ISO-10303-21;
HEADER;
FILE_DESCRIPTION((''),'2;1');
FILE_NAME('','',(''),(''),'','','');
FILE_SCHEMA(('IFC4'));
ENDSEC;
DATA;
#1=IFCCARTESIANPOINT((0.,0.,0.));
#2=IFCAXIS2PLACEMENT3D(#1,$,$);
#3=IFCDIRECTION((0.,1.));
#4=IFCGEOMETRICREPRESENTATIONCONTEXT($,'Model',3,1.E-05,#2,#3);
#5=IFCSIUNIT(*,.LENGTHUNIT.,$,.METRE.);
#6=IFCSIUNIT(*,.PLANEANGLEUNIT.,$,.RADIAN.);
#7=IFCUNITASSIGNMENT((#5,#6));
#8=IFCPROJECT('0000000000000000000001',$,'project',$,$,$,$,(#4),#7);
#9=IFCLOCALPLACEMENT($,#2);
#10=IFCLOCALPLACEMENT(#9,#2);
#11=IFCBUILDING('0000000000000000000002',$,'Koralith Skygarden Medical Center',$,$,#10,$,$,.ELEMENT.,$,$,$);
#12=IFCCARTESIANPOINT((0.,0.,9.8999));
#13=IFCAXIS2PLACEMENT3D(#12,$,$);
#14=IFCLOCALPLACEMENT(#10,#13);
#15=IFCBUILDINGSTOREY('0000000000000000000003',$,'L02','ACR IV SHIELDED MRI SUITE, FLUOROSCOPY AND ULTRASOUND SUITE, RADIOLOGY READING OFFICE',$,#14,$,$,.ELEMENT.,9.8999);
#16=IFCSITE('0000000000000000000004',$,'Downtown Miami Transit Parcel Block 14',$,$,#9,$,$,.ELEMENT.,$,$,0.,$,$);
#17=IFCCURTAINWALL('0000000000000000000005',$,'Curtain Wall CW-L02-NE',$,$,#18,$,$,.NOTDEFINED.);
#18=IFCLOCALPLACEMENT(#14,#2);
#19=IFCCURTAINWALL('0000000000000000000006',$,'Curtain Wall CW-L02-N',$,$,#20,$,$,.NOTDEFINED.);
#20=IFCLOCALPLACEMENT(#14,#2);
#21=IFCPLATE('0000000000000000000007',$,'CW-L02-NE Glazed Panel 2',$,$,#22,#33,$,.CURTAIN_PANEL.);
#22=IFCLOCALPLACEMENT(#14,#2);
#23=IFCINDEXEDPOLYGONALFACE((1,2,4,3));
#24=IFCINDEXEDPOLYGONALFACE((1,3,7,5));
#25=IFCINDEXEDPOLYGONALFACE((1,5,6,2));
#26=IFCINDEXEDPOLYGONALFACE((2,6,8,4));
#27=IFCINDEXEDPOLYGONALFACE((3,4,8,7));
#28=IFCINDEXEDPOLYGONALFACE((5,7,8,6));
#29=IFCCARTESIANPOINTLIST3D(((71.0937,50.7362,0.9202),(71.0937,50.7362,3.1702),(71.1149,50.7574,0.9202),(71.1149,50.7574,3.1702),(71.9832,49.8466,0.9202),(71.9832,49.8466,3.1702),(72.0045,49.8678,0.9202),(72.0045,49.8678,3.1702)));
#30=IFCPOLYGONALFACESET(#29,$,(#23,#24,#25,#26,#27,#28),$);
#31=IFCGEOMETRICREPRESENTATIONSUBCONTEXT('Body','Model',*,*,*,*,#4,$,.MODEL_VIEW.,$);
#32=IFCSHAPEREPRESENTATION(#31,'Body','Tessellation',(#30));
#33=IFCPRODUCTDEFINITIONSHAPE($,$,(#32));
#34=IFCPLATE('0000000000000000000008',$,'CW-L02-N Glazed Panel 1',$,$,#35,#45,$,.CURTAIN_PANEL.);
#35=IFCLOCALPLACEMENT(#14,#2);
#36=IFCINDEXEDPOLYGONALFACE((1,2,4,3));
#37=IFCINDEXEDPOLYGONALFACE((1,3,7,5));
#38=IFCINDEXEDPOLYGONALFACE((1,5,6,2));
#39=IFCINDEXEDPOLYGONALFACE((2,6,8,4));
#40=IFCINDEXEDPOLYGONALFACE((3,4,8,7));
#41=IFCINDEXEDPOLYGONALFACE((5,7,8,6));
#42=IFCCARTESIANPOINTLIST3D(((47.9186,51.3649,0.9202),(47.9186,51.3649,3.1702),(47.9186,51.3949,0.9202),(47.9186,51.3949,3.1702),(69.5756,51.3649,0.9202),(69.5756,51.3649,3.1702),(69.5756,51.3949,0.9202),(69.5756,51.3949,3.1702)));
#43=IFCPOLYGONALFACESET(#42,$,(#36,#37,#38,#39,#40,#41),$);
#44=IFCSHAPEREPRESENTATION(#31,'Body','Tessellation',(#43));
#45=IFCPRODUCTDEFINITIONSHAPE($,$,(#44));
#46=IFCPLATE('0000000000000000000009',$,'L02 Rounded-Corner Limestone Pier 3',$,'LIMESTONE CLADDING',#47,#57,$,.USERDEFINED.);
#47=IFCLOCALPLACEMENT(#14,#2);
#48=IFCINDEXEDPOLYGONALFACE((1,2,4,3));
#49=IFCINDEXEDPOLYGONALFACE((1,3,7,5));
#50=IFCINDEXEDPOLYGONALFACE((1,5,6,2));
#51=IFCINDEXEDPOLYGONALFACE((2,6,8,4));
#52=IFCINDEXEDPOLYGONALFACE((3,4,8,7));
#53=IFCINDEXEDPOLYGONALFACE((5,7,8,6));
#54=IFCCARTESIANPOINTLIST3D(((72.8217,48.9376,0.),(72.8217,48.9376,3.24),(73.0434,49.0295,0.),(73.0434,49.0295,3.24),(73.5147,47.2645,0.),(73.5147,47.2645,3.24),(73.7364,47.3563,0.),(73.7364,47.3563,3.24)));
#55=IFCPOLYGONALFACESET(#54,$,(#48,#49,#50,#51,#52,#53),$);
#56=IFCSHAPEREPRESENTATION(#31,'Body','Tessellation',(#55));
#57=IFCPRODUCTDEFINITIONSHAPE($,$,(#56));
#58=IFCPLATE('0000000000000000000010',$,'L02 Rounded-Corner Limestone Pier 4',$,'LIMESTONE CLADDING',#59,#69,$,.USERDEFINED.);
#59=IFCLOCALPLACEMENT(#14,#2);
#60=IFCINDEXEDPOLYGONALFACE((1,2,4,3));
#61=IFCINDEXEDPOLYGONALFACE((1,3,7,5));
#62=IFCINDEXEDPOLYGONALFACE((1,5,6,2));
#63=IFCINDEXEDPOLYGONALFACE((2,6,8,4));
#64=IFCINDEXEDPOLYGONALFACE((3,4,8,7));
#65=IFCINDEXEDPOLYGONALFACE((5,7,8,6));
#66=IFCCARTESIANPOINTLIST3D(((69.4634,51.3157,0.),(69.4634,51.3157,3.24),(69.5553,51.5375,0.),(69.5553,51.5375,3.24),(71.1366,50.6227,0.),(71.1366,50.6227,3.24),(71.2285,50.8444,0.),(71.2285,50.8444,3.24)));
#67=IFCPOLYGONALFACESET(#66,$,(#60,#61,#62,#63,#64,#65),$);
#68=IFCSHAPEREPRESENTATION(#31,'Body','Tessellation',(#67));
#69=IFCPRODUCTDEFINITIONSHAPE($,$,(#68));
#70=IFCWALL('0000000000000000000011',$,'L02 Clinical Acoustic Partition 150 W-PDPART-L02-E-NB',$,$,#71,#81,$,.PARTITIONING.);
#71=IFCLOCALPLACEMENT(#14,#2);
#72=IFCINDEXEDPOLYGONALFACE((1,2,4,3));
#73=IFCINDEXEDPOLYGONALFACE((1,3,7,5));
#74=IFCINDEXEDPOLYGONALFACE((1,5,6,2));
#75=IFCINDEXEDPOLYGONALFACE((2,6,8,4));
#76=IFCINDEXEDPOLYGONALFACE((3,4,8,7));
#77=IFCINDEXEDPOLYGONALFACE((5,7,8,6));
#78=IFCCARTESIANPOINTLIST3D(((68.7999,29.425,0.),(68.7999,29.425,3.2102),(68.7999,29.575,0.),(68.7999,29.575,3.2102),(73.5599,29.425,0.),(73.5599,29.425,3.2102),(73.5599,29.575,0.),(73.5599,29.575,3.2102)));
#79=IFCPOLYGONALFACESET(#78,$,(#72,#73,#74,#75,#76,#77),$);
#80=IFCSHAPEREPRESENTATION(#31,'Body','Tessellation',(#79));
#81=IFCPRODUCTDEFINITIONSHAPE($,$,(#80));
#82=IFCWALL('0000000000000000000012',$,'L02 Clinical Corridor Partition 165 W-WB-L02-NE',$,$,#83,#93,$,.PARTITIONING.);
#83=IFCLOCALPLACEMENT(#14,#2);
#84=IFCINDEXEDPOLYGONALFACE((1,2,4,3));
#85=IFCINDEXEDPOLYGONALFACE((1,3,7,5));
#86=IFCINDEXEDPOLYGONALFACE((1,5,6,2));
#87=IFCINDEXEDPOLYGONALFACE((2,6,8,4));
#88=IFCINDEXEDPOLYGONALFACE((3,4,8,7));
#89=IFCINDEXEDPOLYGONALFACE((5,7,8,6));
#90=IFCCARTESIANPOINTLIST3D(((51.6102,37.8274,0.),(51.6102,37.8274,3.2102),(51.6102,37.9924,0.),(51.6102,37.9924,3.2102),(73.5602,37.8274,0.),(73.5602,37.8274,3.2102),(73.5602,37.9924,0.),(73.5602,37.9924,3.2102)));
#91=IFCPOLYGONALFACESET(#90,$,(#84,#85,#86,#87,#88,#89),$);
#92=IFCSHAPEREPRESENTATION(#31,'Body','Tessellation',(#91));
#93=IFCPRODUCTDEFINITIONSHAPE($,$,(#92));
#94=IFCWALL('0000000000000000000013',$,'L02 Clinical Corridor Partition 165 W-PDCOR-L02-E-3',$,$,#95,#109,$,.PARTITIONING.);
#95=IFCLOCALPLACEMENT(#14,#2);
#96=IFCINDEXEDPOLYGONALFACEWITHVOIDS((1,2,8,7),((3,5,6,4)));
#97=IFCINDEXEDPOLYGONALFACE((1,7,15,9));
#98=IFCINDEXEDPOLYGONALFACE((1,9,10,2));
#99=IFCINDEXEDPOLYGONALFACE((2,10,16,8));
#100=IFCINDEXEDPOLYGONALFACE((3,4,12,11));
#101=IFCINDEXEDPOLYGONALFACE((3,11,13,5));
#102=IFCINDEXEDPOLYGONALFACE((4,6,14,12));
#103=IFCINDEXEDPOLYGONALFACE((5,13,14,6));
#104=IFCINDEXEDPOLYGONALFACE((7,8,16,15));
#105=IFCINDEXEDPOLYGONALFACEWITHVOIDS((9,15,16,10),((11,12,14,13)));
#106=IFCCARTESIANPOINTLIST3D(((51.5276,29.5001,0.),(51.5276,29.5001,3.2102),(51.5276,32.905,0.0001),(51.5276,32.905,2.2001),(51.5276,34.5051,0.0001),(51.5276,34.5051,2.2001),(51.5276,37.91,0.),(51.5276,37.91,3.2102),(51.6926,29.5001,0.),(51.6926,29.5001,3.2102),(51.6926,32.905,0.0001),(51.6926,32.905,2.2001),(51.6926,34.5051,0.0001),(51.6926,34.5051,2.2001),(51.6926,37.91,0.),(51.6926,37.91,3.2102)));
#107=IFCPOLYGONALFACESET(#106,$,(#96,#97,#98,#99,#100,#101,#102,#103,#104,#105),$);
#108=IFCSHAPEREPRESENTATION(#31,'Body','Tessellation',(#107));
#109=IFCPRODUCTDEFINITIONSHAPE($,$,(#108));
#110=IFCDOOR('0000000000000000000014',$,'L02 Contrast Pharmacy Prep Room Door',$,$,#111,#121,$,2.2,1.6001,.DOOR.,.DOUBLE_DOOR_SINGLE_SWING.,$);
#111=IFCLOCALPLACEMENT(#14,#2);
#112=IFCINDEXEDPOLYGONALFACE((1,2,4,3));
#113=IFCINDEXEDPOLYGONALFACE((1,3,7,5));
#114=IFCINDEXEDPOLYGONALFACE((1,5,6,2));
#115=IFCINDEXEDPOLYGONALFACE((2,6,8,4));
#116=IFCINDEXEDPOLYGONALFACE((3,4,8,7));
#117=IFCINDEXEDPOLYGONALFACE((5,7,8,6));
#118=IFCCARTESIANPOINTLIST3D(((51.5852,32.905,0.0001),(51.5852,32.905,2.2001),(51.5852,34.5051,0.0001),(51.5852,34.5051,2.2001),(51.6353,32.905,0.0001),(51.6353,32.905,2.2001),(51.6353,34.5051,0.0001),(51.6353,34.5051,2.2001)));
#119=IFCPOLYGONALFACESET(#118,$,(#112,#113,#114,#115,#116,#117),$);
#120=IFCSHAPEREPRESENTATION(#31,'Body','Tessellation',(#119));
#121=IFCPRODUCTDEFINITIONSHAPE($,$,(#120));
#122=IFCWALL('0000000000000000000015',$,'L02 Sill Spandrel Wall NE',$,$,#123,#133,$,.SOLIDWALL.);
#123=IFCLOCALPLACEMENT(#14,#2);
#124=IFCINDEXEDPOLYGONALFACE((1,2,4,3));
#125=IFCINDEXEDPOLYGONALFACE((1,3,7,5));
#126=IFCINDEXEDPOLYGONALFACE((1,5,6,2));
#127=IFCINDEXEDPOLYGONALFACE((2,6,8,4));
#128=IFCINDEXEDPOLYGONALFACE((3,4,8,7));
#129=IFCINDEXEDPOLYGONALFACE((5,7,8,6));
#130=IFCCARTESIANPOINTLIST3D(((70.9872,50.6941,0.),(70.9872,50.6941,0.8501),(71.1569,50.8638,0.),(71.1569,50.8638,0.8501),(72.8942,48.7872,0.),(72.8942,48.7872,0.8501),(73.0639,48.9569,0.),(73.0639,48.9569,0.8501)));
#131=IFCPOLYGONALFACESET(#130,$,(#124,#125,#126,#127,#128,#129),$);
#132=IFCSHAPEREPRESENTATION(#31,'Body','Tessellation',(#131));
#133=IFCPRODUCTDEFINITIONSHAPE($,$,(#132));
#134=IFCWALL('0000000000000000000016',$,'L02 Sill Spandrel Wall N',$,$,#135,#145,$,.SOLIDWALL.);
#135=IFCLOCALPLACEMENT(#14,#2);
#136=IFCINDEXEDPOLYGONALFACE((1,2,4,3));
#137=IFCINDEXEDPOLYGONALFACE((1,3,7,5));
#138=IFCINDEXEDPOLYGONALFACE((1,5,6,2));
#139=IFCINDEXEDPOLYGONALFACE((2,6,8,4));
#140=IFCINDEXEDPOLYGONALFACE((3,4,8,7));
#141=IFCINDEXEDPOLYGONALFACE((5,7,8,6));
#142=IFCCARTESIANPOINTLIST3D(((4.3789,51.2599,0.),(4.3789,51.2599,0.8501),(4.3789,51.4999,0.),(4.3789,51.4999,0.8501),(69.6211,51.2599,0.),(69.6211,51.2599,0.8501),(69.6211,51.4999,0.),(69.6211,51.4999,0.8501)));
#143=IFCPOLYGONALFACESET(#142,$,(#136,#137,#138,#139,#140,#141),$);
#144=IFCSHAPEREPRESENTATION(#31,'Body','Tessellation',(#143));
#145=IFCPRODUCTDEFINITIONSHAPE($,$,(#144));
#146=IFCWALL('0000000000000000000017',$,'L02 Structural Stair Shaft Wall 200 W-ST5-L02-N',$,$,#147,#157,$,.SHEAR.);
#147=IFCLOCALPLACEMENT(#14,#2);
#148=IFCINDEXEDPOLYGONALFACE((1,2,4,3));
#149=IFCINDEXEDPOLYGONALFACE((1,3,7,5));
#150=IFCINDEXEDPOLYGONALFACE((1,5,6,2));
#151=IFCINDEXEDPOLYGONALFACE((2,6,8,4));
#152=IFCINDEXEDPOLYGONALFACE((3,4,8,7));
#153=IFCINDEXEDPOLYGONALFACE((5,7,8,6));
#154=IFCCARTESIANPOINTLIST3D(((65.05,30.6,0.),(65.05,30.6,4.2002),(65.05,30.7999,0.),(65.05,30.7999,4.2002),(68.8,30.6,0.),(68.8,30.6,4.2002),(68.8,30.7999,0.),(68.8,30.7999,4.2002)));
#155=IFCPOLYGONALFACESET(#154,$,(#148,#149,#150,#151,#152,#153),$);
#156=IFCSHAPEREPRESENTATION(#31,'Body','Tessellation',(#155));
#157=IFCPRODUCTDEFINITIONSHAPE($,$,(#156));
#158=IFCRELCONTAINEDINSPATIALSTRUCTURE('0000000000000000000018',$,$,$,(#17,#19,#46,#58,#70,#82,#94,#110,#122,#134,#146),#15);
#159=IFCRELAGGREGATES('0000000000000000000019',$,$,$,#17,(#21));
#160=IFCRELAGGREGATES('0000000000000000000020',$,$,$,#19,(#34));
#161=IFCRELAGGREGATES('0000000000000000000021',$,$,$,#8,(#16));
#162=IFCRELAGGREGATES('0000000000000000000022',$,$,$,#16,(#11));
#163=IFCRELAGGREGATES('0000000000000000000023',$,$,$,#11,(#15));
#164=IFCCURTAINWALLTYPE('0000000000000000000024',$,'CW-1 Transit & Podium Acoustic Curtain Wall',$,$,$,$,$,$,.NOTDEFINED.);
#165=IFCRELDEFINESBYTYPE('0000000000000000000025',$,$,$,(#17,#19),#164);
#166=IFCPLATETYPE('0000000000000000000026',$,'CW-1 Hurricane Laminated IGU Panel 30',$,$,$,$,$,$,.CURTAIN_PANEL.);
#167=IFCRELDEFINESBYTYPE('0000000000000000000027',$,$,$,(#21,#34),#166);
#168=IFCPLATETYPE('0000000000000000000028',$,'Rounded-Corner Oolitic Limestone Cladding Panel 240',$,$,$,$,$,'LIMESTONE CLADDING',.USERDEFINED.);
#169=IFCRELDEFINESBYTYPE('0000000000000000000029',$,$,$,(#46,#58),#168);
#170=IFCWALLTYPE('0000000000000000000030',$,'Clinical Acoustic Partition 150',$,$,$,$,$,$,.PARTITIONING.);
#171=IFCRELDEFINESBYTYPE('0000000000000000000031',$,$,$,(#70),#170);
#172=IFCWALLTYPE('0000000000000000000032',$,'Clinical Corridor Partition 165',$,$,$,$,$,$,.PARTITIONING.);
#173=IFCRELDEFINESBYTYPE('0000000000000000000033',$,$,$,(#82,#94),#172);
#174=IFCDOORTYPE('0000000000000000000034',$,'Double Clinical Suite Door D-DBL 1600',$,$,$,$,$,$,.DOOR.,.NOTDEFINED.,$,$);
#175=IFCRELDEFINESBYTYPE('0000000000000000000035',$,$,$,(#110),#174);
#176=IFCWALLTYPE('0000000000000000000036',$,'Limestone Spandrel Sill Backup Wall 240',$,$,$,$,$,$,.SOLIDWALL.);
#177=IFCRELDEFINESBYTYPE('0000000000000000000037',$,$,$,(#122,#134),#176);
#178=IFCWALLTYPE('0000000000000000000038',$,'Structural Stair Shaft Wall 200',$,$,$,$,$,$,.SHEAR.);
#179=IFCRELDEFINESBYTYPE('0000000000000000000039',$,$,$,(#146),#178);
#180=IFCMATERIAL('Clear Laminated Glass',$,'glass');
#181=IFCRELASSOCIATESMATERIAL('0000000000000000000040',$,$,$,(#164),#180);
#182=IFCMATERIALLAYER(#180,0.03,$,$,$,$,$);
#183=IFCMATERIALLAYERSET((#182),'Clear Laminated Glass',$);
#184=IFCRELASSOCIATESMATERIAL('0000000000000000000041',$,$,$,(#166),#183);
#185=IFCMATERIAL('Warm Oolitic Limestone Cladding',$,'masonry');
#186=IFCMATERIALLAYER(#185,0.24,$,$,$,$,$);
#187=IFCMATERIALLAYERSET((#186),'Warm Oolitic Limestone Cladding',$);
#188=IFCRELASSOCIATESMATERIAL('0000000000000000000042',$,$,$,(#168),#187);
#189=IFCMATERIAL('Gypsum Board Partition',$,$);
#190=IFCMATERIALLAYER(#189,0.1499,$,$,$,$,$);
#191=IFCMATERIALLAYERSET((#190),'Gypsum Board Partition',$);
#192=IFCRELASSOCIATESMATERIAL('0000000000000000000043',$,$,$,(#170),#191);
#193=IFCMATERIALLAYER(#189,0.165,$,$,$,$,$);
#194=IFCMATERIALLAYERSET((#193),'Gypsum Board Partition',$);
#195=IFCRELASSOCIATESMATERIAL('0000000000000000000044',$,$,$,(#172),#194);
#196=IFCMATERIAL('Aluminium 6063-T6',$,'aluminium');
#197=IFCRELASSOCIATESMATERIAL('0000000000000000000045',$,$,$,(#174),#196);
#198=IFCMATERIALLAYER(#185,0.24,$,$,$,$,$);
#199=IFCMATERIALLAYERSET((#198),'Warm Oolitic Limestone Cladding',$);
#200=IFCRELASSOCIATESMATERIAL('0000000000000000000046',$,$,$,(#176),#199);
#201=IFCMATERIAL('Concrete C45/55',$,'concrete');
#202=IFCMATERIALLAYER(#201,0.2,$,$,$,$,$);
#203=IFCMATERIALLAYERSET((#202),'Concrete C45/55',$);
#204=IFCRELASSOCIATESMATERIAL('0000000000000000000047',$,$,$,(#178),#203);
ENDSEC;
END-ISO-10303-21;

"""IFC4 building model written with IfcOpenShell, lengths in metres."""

from ifc_helpers import new_model, si_unit, direction, frame, frame_2d, origin, origin_2d, place, context, subcontext, project, spatial, rectangle, extrude, material, layer, layer_set, type_object, element, fill, aggregate, save


model = new_model("IFC4")

# Units and contexts
model_context = context("Model", 3, precision=1e-05, world=origin(), true_north=direction((0.0, 1.0)))
body_context = subcontext(model_context, "Body", "Model", "MODEL_VIEW")
ifc_project = project(units=[si_unit("LENGTHUNIT", "METRE"), si_unit("PLANEANGLEUNIT", "RADIAN")], contexts=[model_context])

# Site, building, storey
site_placement = place(None, origin())
site = spatial("IfcSite", under=ifc_project, at=site_placement, Name="Downtown Miami Transit Parcel Block 14", CompositionType="ELEMENT", RefElevation=0.0)
building_placement = place(site_placement, origin())
building = spatial("IfcBuilding", under=site, at=building_placement, Name="Koralith Skygarden Medical Center", CompositionType="ELEMENT")
storey_placement = place(building_placement, frame((0.0, 0.0, 9.8999)))
storey = spatial("IfcBuildingStorey", under=building, at=storey_placement, Name="L02", Description="ACR IV SHIELDED MRI SUITE, FLUOROSCOPY AND ULTRASOUND SUITE, RADIOLOGY READING OFFICE", CompositionType="ELEMENT", Elevation=9.8999)

# Curtain wall
ifc_material_1 = material(Name="Clear Laminated Glass", Category="glass")
curtain_wall_type = type_object("IfcCurtainWallType", Name="CW-1 Transit & Podium Acoustic Curtain Wall", PredefinedType="NOTDEFINED", material=ifc_material_1)
ifc_material_2 = material(Name="Aluminium 6063-T6", Category="aluminium")
curtain_wall_1_placement = place(storey_placement, origin())
curtain_wall_1 = element("IfcCurtainWall", 1, at=curtain_wall_1_placement, inside=storey, type_object=curtain_wall_type, Name="Curtain Wall CW-L02-NE", PredefinedType="NOTDEFINED")

# Curtain wall
curtain_wall_2_placement = place(storey_placement, origin())
curtain_wall_2 = element("IfcCurtainWall", 2, at=curtain_wall_2_placement, inside=storey, type_object=curtain_wall_type, Name="Curtain Wall CW-L02-N", PredefinedType="NOTDEFINED")

# Plates
ifc_layer_1 = layer(ifc_material_1, 0.03)
ifc_layer_set_1 = layer_set([ifc_layer_1], Name="Clear Laminated Glass")
plate_type_1 = type_object("IfcPlateType", Name="CW-1 Hurricane Laminated IGU Panel 30", PredefinedType="CURTAIN_PANEL", material=ifc_layer_set_1)
plate_1_placement = place(storey_placement, frame((71.5491, 50.302, 0.9202), z_axis=(0.0, 0.0, 1.0), x_axis=(-0.707107, 0.707107, 0.0)))
plate_1 = element("IfcPlate", 3, at=plate_1_placement, type_object=plate_type_1, Name="CW-L02-NE Glazed Panel 2", PredefinedType="CURTAIN_PANEL", context=body_context, shape_type="SweptSolid", body=[
    extrude(rectangle(XDim=1.2581, YDim=0.03, at=origin_2d()), origin(), (0.0, 0.0, 1.0), 2.25),
])
aggregate(curtain_wall_1, [plate_1])
plate_2_placement = place(storey_placement, frame((58.7471, 51.3799, 0.9202), z_axis=(0.0, 0.0, 1.0), x_axis=(-1.0, 0.0, 0.0)))
plate_2 = element("IfcPlate", 4, at=plate_2_placement, type_object=plate_type_1, Name="CW-L02-N Glazed Panel 1", PredefinedType="CURTAIN_PANEL", context=body_context, shape_type="SweptSolid", body=[
    extrude(rectangle(XDim=21.657, YDim=0.03, at=origin_2d()), origin(), (0.0, 0.0, 1.0), 2.25),
])
aggregate(curtain_wall_2, [plate_2])

# Plates
ifc_material_3 = material(Name="Warm Oolitic Limestone Cladding", Category="masonry")
ifc_layer_2 = layer(ifc_material_3, 0.24)
ifc_layer_set_2 = layer_set([ifc_layer_2], Name="Warm Oolitic Limestone Cladding")
plate_type_2 = type_object("IfcPlateType", Name="Rounded-Corner Oolitic Limestone Cladding Panel 240", ElementType="LIMESTONE CLADDING", PredefinedType="USERDEFINED", material=ifc_layer_set_2)
for number, where, z_axis, x_axis, name in (
    (5, (73.2791, 48.147, 0.0), (0.0, 0.0, 1.0), (-0.382671, 0.923885, 0.0), "L02 Rounded-Corner Limestone Pier 3"),
    (6, (70.3459, 51.0801, 0.0), (0.0, 0.0, 1.0), (-0.923885, 0.382671, 0.0), "L02 Rounded-Corner Limestone Pier 4"),
):
    element("IfcPlate", number, at=place(storey_placement, frame(where, z_axis=z_axis, x_axis=x_axis)), inside=storey, type_object=plate_type_2, Name=name, ObjectType="LIMESTONE CLADDING", PredefinedType="USERDEFINED", context=body_context, shape_type="SweptSolid", body=[
        extrude(rectangle(XDim=1.811, YDim=0.24, at=origin_2d()), origin(), (0.0, 0.0, 1.0), 3.24),
    ])

# Walls
ifc_material_4 = material(Name="Gypsum Board Partition")
ifc_layer_3 = layer(ifc_material_4, 0.1499)
ifc_layer_set_3 = layer_set([ifc_layer_3], Name="Gypsum Board Partition")
wall_type_1 = type_object("IfcWallType", Name="Clinical Acoustic Partition 150", PredefinedType="PARTITIONING", material=ifc_layer_set_3)
wall_1_placement = place(storey_placement, frame((68.8, 29.5, 0.0), z_axis=(0.0, 0.0, 1.0), x_axis=(1.0, 0.0, 0.0)))
element("IfcWall", 7, at=wall_1_placement, inside=storey, type_object=wall_type_1, Name="L02 Clinical Acoustic Partition 150 W-PDPART-L02-E-NB", PredefinedType="PARTITIONING", context=body_context, shape_type="SweptSolid", body=[
    extrude(rectangle(XDim=4.76, YDim=0.1499, at=frame_2d((2.3799, 0.0))), origin(), (0.0, 0.0, 1.0), 3.2102),
])
ifc_layer_4 = layer(ifc_material_4, 0.165)
ifc_layer_set_4 = layer_set([ifc_layer_4], Name="Gypsum Board Partition")
wall_type_2 = type_object("IfcWallType", Name="Clinical Corridor Partition 165", PredefinedType="PARTITIONING", material=ifc_layer_set_4)
wall_2_placement = place(storey_placement, frame((51.6101, 37.9099, 0.0), z_axis=(0.0, 0.0, 1.0), x_axis=(1.0, 0.0, 0.0)))
element("IfcWall", 8, at=wall_2_placement, inside=storey, type_object=wall_type_2, Name="L02 Clinical Corridor Partition 165 W-WB-L02-NE", PredefinedType="PARTITIONING", context=body_context, shape_type="SweptSolid", body=[
    extrude(rectangle(XDim=21.95, YDim=0.165, at=frame_2d((10.9751, 0.0))), origin(), (0.0, 0.0, 1.0), 3.2102),
])

# Wall, opening, door
wall_3_placement = place(storey_placement, frame((51.6101, 29.5, 0.0), z_axis=(0.0, 0.0, 1.0), x_axis=(0.0, 1.0, 0.0)))
wall_3 = element("IfcWall", 9, at=wall_3_placement, inside=storey, type_object=wall_type_2, Name="L02 Clinical Corridor Partition 165 W-PDCOR-L02-E-3", PredefinedType="PARTITIONING", context=body_context, shape_type="SweptSolid", body=[
    extrude(rectangle(XDim=8.4099, YDim=0.165, at=frame_2d((4.2051, 0.0))), origin(), (0.0, 0.0, 1.0), 3.2102),
])
opening_placement = place(wall_3_placement, frame((3.405, 0.0, 0.0)))
opening = element("IfcOpeningElement", 10, at=opening_placement, cuts=wall_3, PredefinedType="OPENING", context=body_context, shape_type="SweptSolid", body=[
    extrude(rectangle(XDim=1.6001, YDim=2.2, at=frame_2d((0.8, 1.1001))), frame((0.0, 0.0925, 0.0), z_axis=(0.0, -1.0, 0.0), x_axis=(1.0, 0.0, 0.0)), (0.0, 0.0, 1.0), 0.1851),
])
door_type = type_object("IfcDoorType", Name="Double Clinical Suite Door D-DBL 1600", OperationType="NOTDEFINED", PredefinedType="DOOR", material=ifc_material_2)
door_placement = place(opening_placement, origin())
door = element("IfcDoor", 11, at=door_placement, inside=storey, type_object=door_type, Name="L02 Contrast Pharmacy Prep Room Door", OperationType="DOUBLE_DOOR_SINGLE_SWING", OverallHeight=2.2, OverallWidth=1.6001, PredefinedType="DOOR", context=body_context, shape_type="SweptSolid", body=[
    extrude(rectangle(XDim=1.6001, YDim=2.2, at=frame_2d((0.8, 1.1001))), frame((0.0, 0.0249, 0.0), z_axis=(0.0, -1.0, 0.0), x_axis=(1.0, 0.0, 0.0)), (0.0, 0.0, 1.0), 0.05),
])
fill(opening, door)

# Walls
ifc_layer_5 = layer(ifc_material_3, 0.24)
ifc_layer_set_5 = layer_set([ifc_layer_5], Name="Warm Oolitic Limestone Cladding")
wall_type_3 = type_object("IfcWallType", Name="Limestone Spandrel Sill Backup Wall 240", PredefinedType="SOLIDWALL", material=ifc_layer_set_5)
wall_4_placement = place(storey_placement, frame((72.979, 48.8721, 0.0), z_axis=(0.0, 0.0, 1.0), x_axis=(-0.707107, 0.707107, 0.0)))
element("IfcWall", 12, at=wall_4_placement, inside=storey, type_object=wall_type_3, Name="L02 Sill Spandrel Wall NE", PredefinedType="SOLIDWALL", context=body_context, shape_type="SweptSolid", body=[
    extrude(rectangle(XDim=2.6968, YDim=0.24, at=frame_2d((1.3484, 0.0))), origin(), (0.0, 0.0, 1.0), 0.8501),
])
wall_5_placement = place(storey_placement, frame((69.6211, 51.3799, 0.0), z_axis=(0.0, 0.0, 1.0), x_axis=(-1.0, 0.0, 0.0)))
element("IfcWall", 13, at=wall_5_placement, inside=storey, type_object=wall_type_3, Name="L02 Sill Spandrel Wall N", PredefinedType="SOLIDWALL", context=body_context, shape_type="SweptSolid", body=[
    extrude(rectangle(XDim=65.2422, YDim=0.24, at=frame_2d((32.6211, 0.0))), origin(), (0.0, 0.0, 1.0), 0.8501),
])
ifc_material_5 = material(Name="Concrete C45/55", Category="concrete")
ifc_layer_6 = layer(ifc_material_5, 0.2)
ifc_layer_set_6 = layer_set([ifc_layer_6], Name="Concrete C45/55")
wall_type_4 = type_object("IfcWallType", Name="Structural Stair Shaft Wall 200", PredefinedType="SHEAR", material=ifc_layer_set_6)
wall_6_placement = place(storey_placement, frame((65.05, 30.7, 0.0), z_axis=(0.0, 0.0, 1.0), x_axis=(1.0, 0.0, 0.0)))
element("IfcWall", 14, at=wall_6_placement, inside=storey, type_object=wall_type_4, Name="L02 Structural Stair Shaft Wall 200 W-ST5-L02-N", PredefinedType="SHEAR", context=body_context, shape_type="SweptSolid", body=[
    extrude(rectangle(XDim=3.75, YDim=0.2, at=frame_2d((1.875, 0.0))), origin(), (0.0, 0.0, 1.0), 4.2002),
])

save(model, "model.ifc")
